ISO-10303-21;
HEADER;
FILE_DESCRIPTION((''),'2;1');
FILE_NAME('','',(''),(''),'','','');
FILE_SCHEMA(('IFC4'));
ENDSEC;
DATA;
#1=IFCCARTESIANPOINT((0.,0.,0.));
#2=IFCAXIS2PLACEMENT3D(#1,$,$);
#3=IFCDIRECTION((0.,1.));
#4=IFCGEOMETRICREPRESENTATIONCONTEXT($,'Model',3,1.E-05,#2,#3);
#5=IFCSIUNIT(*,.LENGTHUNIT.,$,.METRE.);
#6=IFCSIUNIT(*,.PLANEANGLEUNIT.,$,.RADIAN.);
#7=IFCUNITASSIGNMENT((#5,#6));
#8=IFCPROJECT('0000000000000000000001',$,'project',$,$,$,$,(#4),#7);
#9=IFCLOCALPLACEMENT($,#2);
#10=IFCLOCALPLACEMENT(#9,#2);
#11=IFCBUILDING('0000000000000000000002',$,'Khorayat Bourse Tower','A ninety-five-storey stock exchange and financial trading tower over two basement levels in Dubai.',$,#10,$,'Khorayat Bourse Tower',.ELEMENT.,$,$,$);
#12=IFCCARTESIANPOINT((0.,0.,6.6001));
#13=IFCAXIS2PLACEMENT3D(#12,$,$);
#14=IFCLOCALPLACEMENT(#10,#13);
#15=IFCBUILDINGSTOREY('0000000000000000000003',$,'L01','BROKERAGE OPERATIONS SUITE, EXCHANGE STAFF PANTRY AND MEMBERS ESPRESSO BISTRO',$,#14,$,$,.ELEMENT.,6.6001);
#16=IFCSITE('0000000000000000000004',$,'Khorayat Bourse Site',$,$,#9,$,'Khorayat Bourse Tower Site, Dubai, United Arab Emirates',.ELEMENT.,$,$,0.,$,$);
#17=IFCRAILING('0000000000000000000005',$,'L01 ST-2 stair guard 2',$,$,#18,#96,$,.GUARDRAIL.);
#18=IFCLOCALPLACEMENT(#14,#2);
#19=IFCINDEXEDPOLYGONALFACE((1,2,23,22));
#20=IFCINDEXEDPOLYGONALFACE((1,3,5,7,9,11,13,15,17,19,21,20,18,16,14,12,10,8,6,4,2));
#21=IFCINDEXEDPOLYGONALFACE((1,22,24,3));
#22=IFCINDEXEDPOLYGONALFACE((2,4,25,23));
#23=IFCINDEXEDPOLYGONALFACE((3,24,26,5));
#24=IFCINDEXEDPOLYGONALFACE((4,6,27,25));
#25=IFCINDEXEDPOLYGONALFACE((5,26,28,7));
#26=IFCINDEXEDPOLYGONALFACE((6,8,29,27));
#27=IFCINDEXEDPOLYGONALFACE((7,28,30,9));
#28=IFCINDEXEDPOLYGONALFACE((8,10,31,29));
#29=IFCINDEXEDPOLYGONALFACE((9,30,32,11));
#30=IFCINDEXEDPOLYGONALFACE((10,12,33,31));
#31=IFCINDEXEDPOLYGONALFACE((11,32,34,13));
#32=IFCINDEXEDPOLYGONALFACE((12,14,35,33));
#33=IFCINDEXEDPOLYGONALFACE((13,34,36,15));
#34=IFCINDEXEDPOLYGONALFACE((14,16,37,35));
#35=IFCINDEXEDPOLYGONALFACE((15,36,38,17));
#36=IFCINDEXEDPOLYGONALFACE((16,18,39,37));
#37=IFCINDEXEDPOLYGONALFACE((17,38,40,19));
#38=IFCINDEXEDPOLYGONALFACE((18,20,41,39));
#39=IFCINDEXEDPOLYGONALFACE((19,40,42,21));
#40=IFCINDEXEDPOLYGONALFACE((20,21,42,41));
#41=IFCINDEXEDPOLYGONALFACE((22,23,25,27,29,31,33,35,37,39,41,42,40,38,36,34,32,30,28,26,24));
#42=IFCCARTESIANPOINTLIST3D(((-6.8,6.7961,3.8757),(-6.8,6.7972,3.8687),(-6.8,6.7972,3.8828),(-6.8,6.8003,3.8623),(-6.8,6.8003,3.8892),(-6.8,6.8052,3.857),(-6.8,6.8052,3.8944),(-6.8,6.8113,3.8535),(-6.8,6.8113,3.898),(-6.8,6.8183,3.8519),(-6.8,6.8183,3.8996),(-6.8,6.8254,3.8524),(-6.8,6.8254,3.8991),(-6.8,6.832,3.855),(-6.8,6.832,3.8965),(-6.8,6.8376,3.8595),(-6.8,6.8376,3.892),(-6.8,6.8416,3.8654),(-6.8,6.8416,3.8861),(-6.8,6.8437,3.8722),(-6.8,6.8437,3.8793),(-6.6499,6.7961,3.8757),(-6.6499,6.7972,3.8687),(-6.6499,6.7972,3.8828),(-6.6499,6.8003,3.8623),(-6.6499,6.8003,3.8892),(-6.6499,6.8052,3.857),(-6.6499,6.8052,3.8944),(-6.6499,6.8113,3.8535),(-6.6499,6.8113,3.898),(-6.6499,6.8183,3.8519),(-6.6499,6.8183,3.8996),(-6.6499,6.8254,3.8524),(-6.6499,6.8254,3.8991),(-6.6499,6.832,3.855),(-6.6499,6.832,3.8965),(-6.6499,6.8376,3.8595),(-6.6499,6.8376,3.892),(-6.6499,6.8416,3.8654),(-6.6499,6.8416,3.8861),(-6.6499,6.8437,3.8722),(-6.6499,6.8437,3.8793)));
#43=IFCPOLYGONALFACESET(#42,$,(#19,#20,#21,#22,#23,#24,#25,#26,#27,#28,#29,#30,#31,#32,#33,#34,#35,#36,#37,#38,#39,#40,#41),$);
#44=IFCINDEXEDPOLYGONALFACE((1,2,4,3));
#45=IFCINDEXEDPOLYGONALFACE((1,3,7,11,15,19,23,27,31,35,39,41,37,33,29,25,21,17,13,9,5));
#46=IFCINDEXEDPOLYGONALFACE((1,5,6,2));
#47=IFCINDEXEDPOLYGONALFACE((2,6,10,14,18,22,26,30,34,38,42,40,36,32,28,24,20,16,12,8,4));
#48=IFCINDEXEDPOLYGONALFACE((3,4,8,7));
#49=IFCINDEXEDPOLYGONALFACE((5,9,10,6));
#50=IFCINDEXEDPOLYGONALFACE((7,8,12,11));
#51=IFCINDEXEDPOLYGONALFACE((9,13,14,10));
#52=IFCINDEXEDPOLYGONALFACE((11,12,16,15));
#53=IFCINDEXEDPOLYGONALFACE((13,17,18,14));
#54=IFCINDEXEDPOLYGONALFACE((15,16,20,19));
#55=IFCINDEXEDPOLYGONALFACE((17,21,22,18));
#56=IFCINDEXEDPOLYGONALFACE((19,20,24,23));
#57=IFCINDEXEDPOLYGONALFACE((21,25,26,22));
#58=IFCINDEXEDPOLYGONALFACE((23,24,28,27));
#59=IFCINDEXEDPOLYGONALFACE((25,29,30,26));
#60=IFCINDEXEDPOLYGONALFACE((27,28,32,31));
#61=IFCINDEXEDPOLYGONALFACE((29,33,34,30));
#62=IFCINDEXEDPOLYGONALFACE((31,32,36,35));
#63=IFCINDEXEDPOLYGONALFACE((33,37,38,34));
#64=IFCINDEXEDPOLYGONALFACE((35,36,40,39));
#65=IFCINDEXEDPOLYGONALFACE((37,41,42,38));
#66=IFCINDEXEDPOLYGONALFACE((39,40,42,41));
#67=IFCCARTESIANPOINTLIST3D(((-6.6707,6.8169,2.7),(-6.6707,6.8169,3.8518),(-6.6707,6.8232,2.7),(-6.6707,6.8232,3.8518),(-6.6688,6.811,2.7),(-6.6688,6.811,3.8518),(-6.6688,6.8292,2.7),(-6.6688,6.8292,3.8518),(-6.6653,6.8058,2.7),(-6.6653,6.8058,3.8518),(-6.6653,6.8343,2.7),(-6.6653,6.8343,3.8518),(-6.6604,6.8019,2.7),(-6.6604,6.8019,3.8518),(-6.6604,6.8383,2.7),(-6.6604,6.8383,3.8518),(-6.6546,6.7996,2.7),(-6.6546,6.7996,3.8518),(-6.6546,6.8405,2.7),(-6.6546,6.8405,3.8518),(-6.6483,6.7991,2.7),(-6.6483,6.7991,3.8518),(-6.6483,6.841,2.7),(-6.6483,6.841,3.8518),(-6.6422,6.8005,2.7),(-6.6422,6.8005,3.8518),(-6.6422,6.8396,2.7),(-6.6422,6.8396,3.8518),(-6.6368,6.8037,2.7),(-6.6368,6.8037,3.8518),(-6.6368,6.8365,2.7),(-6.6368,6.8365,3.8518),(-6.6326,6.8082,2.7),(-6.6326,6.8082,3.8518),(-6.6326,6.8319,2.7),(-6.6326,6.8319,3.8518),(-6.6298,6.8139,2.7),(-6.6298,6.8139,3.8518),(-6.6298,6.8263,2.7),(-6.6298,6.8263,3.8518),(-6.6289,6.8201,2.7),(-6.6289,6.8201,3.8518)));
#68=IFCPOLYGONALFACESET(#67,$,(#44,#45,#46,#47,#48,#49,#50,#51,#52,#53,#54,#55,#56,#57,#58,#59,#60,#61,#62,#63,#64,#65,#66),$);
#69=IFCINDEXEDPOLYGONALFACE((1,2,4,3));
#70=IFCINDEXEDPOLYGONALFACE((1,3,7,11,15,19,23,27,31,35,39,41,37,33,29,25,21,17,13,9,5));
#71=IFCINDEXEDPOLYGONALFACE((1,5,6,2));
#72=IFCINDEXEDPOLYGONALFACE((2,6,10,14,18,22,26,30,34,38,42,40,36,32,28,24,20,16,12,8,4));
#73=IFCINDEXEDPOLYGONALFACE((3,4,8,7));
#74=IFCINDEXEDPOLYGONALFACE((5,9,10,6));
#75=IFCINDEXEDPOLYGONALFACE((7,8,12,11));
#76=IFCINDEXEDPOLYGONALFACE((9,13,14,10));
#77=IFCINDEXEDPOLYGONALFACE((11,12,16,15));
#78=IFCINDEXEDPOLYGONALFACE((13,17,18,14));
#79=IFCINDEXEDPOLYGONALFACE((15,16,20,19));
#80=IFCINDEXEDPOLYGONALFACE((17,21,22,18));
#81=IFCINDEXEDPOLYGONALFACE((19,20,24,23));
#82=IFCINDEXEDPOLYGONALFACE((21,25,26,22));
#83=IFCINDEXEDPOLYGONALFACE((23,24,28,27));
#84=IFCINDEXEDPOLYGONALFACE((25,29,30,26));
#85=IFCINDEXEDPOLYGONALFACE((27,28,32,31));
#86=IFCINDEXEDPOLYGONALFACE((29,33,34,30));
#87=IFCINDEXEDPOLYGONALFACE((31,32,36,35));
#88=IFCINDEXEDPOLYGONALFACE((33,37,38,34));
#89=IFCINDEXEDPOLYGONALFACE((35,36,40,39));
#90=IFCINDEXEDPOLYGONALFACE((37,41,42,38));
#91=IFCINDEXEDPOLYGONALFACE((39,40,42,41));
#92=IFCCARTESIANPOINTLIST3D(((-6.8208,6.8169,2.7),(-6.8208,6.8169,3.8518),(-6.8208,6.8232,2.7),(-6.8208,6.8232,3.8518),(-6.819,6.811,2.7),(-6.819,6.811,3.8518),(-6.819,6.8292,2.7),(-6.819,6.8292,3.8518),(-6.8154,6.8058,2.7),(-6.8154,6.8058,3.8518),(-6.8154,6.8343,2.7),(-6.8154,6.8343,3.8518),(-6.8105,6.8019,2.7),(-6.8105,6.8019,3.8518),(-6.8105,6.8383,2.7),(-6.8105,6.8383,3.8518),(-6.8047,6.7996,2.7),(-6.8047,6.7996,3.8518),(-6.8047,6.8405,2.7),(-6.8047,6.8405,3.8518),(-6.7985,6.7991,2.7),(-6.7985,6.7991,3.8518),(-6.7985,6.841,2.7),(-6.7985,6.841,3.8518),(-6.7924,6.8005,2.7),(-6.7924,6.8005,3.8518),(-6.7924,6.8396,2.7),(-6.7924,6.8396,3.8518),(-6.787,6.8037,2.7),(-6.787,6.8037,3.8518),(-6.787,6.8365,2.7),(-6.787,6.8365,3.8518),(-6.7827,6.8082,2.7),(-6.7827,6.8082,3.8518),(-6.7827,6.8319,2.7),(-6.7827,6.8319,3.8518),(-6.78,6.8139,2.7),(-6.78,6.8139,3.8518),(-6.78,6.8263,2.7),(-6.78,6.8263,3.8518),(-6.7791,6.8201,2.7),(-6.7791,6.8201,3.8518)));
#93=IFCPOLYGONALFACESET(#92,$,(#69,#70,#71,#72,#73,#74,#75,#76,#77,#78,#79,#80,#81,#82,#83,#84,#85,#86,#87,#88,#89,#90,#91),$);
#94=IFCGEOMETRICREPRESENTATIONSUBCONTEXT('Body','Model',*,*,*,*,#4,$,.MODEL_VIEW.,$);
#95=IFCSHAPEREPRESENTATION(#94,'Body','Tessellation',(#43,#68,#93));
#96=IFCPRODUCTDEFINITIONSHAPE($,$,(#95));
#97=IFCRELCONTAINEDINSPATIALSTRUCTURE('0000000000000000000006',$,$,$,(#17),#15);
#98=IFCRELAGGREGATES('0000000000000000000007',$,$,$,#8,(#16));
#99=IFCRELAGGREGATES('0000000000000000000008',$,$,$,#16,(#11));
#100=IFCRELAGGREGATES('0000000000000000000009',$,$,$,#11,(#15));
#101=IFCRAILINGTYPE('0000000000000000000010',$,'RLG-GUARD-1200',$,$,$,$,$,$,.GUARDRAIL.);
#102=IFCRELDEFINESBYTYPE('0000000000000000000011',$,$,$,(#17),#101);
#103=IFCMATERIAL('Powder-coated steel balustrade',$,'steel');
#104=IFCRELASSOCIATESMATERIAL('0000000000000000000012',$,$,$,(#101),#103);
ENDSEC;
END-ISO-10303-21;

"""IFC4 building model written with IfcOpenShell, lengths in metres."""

from ifc_helpers import new_model, si_unit, direction, frame, origin, origin_2d, place, context, subcontext, project, spatial, circle, extrude, source, transform, mapped, material, type_object, element, save


model = new_model("IFC4")

# Units and contexts
model_context = context("Model", 3, precision=1e-05, world=origin(), true_north=direction((0.0, 1.0)))
body_context = subcontext(model_context, "Body", "Model", "MODEL_VIEW")
ifc_project = project(units=[si_unit("LENGTHUNIT", "METRE"), si_unit("PLANEANGLEUNIT", "RADIAN")], contexts=[model_context])

# Site, building, storey
site_placement = place(None, origin())
site = spatial("IfcSite", under=ifc_project, at=site_placement, Name="Khorayat Bourse Site", LongName="Khorayat Bourse Tower Site, Dubai, United Arab Emirates", CompositionType="ELEMENT", RefElevation=0.0)
building_placement = place(site_placement, origin())
building = spatial("IfcBuilding", under=site, at=building_placement, Name="Khorayat Bourse Tower", Description="A ninety-five-storey stock exchange and financial trading tower over two basement levels in Dubai.", LongName="Khorayat Bourse Tower", CompositionType="ELEMENT")
storey_placement = place(building_placement, frame((0.0, 0.0, 6.6001)))
storey = spatial("IfcBuildingStorey", under=building, at=storey_placement, Name="L01", Description="BROKERAGE OPERATIONS SUITE, EXCHANGE STAFF PANTRY AND MEMBERS ESPRESSO BISTRO", CompositionType="ELEMENT", Elevation=6.6001)

# Railing
ifc_material_1 = material(Name="Powder-coated steel balustrade", Category="steel")
railing_type_1 = type_object("IfcRailingType", Name="RLG-GUARD-1200", PredefinedType="GUARDRAIL", material=ifc_material_1)
shared_shape_1 = source(origin(), body_context, "Body", "SweptSolid", [
    extrude(circle(Radius=0.0239, at=origin_2d()), frame((0.0, 0.0, 1.1758), z_axis=(-1.0, 0.0, 0.0), x_axis=(0.0, -1.0, 0.0)), (0.0, 0.0, 1.0), 0.1501),
    extrude(circle(Radius=0.021, at=origin_2d()), origin(), (0.0, 0.0, 1.0), 1.1519),
    extrude(circle(Radius=0.021, at=origin_2d()), frame((-0.1501, 0.0, 0.0)), (0.0, 0.0, 1.0), 1.1519),
])
railing_1_placement = place(storey_placement, frame((-6.6499, 6.8201, 2.7)))
element("IfcRailing", 1, at=railing_1_placement, inside=storey, type_object=railing_type_1, Name="L01 ST-2 stair guard 2", PredefinedType="GUARDRAIL", context=body_context, shape_type="MappedRepresentation", body=[
    mapped(shared_shape_1, transform((0.0, 0.0, 0.0), scale=1.0)),
])

save(model, "model.ifc")
